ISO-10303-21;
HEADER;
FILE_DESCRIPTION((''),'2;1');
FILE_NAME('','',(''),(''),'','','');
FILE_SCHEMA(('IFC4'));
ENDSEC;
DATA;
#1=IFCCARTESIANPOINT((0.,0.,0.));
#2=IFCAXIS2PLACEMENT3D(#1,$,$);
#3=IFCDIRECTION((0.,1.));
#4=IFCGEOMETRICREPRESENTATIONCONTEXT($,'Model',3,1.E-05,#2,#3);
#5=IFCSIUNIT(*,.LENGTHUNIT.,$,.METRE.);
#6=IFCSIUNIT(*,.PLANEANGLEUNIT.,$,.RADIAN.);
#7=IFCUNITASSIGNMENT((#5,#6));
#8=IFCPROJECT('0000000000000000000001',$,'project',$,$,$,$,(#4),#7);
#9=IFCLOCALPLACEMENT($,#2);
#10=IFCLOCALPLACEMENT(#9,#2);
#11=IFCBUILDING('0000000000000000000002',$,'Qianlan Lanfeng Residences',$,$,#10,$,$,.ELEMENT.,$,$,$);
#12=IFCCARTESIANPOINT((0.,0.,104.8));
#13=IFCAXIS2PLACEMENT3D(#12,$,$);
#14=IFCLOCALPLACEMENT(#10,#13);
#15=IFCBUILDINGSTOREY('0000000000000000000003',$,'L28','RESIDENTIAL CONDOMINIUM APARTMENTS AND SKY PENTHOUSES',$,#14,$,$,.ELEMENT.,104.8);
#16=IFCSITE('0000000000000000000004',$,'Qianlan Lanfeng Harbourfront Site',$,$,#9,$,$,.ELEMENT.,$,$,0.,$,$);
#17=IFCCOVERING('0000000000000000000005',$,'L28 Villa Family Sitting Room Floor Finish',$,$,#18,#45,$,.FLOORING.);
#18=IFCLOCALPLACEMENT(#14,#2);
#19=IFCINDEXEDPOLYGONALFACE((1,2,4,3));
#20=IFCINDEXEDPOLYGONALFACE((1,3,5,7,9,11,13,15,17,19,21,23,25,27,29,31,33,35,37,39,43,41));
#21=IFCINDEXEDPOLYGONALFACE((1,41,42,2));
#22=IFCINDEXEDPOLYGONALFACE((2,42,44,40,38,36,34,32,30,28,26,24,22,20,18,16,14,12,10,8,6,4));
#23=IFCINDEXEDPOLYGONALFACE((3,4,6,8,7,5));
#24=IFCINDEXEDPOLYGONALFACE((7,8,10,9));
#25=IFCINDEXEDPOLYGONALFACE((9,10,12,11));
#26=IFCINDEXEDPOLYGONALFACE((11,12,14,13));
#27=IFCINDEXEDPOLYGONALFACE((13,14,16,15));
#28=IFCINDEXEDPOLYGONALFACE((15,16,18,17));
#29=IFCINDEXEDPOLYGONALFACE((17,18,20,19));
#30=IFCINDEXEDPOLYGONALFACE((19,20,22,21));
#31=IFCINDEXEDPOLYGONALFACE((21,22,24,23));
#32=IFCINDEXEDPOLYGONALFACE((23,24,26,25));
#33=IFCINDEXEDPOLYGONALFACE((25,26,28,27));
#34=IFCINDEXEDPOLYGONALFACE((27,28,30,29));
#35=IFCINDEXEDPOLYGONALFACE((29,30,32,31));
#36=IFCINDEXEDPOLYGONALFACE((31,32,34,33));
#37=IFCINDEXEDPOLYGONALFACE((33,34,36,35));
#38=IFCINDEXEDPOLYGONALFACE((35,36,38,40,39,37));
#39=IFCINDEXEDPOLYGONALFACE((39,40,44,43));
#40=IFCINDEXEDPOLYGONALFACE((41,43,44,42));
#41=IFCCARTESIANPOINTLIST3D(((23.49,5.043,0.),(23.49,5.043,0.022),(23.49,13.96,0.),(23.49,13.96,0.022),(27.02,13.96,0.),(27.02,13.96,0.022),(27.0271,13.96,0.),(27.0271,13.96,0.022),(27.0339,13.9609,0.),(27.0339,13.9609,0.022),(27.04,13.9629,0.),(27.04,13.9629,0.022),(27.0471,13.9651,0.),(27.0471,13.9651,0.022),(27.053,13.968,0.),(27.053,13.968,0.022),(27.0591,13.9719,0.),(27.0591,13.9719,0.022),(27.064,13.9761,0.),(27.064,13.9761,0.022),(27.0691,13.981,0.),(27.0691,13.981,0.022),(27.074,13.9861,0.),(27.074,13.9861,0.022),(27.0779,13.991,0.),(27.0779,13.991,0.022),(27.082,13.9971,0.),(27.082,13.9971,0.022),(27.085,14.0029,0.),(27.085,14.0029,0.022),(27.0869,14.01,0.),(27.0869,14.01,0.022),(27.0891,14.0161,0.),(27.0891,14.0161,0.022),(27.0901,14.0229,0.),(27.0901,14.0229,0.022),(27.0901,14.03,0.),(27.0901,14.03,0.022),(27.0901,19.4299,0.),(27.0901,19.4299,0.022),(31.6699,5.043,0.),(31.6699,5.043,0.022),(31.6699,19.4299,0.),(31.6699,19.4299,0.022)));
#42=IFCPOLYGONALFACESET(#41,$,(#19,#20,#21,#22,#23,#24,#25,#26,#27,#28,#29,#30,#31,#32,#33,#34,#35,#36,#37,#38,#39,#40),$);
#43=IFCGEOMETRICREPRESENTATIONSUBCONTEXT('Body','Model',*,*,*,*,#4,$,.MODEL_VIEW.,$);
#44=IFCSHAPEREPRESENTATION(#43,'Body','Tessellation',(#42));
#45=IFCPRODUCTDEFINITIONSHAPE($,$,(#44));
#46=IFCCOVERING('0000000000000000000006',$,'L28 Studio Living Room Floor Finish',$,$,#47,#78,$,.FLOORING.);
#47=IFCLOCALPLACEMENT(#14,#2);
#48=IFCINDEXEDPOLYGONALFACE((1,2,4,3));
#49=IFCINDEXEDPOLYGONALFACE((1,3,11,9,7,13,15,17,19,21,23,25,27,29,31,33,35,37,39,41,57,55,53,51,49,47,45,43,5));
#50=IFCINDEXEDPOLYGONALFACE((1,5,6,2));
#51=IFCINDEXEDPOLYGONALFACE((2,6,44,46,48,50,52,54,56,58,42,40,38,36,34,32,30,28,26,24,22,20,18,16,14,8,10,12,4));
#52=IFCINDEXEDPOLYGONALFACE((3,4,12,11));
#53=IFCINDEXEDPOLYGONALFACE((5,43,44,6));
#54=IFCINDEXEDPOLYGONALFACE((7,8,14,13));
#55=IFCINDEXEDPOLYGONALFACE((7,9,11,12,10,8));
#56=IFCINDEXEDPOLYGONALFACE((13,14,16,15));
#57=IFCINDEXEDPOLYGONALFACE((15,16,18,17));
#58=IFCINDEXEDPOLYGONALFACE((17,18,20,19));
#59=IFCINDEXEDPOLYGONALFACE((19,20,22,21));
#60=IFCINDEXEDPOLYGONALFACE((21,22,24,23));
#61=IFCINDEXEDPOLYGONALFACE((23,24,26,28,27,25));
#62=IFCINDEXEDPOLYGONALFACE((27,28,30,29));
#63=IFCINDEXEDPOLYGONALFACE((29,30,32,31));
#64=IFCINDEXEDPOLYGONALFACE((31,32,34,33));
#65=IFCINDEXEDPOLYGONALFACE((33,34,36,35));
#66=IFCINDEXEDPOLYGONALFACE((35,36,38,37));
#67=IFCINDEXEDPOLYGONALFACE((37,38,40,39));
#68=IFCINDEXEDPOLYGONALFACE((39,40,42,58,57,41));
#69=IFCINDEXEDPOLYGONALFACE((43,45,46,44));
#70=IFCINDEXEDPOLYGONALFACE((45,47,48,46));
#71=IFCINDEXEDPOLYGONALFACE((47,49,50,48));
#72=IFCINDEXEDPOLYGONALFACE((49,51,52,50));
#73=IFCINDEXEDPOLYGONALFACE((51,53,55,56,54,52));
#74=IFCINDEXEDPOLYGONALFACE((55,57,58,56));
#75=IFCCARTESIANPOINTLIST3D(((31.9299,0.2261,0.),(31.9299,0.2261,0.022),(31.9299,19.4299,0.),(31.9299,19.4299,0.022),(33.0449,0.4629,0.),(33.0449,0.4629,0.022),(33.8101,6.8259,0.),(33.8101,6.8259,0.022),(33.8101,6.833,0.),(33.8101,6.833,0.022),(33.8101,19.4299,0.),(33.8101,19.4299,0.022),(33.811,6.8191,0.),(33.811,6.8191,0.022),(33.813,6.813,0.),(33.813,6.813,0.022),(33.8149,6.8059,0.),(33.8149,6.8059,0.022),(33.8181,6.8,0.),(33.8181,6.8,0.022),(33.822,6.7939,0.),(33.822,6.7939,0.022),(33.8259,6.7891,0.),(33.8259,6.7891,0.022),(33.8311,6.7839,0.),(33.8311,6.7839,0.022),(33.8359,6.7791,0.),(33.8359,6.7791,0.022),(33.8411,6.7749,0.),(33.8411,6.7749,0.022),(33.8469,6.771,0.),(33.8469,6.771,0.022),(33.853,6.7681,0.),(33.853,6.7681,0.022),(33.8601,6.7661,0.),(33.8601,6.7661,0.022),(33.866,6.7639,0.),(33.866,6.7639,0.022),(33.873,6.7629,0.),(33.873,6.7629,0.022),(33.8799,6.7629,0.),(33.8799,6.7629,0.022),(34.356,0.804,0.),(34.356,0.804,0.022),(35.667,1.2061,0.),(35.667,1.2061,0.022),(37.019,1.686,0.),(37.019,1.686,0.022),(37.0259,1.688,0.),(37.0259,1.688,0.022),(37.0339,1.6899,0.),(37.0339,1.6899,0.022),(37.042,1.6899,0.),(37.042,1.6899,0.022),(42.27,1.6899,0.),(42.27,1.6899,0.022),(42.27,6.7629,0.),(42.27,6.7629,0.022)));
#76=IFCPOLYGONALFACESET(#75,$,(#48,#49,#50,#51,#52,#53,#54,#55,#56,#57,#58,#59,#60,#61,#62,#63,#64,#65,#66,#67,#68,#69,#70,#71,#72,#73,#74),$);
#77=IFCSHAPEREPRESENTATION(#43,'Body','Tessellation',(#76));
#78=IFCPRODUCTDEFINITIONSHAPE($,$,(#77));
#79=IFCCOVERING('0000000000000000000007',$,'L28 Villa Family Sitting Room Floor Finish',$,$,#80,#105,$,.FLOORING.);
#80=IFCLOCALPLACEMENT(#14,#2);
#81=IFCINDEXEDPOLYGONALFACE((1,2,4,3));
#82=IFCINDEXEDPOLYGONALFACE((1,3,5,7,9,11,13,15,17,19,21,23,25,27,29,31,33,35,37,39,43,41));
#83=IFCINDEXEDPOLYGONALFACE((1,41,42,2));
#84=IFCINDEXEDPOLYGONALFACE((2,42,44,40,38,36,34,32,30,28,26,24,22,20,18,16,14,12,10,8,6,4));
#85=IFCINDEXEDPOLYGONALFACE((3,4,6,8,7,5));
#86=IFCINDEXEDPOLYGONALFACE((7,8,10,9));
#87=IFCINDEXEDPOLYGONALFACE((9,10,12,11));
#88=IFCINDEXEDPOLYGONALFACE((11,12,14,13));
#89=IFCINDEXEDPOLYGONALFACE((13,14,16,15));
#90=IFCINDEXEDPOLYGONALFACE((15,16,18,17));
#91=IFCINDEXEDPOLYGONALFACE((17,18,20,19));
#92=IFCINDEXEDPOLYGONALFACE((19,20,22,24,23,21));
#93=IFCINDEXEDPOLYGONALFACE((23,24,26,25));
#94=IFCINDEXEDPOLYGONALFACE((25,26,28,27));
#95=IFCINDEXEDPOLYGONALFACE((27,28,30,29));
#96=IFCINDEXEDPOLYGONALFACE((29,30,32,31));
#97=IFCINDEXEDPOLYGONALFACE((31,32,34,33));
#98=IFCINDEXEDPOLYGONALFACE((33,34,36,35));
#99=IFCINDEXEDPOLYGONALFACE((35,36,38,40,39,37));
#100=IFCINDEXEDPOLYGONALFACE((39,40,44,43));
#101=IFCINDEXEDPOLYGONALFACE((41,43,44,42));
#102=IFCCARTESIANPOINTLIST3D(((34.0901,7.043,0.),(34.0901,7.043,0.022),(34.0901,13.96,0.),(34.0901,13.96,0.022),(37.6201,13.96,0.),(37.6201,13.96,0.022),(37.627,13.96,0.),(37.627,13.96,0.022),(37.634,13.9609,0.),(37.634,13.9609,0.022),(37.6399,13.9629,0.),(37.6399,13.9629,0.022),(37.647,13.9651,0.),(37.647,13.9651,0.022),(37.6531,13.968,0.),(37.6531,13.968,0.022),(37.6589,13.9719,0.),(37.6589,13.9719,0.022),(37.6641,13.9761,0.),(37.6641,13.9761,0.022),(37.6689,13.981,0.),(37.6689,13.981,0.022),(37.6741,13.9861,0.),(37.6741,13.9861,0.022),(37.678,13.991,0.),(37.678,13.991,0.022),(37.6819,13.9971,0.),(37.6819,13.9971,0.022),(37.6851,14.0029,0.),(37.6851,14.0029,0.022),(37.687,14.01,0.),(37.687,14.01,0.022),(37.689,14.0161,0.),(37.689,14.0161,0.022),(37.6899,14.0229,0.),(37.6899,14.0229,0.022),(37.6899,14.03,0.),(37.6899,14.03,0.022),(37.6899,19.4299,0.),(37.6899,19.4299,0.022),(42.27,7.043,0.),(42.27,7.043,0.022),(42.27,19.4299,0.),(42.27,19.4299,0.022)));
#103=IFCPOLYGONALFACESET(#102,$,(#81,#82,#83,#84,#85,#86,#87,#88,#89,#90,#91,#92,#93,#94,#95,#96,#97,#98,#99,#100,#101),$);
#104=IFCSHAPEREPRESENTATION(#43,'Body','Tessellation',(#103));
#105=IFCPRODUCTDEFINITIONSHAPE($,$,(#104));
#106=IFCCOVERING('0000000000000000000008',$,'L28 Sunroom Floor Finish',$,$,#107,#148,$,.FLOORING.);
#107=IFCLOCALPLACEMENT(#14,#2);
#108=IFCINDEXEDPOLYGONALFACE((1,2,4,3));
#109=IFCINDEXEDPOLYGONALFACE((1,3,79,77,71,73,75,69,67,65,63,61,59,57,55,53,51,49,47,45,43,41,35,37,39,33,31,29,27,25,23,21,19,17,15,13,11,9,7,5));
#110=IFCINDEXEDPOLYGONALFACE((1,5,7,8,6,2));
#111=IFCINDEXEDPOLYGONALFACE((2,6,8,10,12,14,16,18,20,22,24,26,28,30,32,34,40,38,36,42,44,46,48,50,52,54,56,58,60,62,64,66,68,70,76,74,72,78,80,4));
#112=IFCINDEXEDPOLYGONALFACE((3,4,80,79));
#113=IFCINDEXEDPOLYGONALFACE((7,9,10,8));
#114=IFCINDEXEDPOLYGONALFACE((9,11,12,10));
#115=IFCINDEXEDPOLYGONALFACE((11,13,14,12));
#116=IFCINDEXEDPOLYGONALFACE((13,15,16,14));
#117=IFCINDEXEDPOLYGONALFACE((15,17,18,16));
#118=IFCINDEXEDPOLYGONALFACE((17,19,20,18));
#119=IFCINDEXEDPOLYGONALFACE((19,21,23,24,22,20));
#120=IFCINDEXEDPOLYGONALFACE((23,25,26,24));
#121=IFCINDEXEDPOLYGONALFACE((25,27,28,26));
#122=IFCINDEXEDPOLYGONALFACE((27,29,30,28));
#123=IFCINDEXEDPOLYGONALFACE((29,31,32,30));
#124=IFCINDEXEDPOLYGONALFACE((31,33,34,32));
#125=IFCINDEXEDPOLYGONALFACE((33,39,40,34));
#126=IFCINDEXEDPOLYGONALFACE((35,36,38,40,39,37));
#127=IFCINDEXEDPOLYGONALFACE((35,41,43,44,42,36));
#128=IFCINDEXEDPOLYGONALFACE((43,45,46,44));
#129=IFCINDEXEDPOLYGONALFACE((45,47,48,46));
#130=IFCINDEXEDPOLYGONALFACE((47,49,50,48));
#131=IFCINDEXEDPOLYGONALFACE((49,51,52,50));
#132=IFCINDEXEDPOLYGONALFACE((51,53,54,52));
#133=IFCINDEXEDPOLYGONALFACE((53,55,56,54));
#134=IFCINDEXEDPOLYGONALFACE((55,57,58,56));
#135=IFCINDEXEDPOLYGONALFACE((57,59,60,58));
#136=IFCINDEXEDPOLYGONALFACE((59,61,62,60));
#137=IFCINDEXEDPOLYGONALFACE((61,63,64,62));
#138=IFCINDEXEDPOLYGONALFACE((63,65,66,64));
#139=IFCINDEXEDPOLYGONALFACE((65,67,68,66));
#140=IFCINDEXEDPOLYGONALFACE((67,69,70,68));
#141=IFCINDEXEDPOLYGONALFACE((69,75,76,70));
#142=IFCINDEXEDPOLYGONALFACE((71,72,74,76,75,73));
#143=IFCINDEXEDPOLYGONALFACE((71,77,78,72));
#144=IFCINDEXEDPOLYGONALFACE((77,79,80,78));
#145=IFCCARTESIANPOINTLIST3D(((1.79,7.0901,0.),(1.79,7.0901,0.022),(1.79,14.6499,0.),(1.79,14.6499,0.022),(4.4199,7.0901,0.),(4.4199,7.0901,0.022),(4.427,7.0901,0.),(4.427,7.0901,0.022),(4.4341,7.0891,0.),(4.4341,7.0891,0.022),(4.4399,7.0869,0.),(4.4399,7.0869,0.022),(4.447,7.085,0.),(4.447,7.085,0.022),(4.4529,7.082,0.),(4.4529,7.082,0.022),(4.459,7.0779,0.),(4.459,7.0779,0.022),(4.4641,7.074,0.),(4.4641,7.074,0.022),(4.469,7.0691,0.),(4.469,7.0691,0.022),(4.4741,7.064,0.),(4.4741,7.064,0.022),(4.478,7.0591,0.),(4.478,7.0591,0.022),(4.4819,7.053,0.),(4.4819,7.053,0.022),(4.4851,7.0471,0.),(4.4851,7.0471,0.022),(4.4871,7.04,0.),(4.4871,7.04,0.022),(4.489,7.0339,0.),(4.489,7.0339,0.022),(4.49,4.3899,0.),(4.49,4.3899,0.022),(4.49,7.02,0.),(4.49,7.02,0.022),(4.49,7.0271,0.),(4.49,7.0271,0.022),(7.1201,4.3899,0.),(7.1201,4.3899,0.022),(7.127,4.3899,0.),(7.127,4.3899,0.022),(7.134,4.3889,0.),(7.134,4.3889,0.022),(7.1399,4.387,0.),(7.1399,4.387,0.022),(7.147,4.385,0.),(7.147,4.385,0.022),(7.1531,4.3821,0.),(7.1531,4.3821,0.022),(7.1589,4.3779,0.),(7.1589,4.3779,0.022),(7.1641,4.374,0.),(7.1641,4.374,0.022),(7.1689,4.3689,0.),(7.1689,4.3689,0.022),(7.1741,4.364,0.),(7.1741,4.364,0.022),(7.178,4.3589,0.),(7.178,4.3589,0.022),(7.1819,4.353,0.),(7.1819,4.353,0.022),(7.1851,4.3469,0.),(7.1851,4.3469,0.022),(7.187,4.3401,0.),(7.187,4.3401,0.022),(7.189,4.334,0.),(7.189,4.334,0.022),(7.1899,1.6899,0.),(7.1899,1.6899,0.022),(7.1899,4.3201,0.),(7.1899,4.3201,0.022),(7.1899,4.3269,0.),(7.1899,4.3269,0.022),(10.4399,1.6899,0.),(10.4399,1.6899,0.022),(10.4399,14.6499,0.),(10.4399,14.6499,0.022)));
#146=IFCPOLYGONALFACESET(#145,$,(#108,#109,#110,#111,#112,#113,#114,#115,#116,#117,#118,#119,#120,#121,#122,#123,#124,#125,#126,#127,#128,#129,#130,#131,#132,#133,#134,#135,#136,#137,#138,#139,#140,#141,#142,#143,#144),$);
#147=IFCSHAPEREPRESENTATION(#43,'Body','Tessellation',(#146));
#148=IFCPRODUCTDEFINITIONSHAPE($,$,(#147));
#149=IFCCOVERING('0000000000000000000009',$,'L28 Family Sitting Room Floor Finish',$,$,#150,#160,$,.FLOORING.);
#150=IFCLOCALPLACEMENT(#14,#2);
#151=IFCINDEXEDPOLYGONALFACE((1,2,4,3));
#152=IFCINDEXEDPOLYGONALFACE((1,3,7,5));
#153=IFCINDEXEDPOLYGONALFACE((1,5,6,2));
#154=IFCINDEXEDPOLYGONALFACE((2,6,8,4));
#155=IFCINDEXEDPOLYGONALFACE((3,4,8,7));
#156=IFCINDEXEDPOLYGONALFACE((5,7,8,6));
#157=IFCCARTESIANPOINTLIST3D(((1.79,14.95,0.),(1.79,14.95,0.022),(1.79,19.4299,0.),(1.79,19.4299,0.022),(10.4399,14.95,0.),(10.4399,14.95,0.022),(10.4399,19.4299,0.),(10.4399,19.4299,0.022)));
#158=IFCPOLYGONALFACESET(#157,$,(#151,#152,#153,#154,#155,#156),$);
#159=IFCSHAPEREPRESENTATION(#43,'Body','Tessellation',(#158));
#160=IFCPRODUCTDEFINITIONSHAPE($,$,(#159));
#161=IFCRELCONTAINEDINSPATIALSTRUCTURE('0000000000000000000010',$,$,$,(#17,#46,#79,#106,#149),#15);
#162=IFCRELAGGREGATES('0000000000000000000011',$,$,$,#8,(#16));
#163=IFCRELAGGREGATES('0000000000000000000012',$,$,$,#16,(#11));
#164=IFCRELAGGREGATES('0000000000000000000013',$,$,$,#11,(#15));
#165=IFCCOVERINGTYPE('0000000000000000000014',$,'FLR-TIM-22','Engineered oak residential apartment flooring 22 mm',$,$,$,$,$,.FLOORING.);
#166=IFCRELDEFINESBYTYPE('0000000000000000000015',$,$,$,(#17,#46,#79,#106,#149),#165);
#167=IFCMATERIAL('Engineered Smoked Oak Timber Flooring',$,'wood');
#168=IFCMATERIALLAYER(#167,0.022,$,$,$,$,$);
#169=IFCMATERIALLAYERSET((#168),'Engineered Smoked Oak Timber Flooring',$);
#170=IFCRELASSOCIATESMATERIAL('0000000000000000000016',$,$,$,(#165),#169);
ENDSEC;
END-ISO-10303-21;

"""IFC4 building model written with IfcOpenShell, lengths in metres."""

from ifc_helpers import new_model, si_unit, direction, frame, origin, place, context, subcontext, project, spatial, polyline, outline, extrude, material, layer, layer_set, type_object, element, save


model = new_model("IFC4")

# Units and contexts
model_context = context("Model", 3, precision=1e-05, world=origin(), true_north=direction((0.0, 1.0)))
body_context = subcontext(model_context, "Body", "Model", "MODEL_VIEW")
ifc_project = project(units=[si_unit("LENGTHUNIT", "METRE"), si_unit("PLANEANGLEUNIT", "RADIAN")], contexts=[model_context])

# Site, building, storey
site_placement = place(None, origin())
site = spatial("IfcSite", under=ifc_project, at=site_placement, Name="Qianlan Lanfeng Harbourfront Site", CompositionType="ELEMENT", RefElevation=0.0)
building_placement = place(site_placement, origin())
building = spatial("IfcBuilding", under=site, at=building_placement, Name="Qianlan Lanfeng Residences", CompositionType="ELEMENT")
storey_placement = place(building_placement, frame((0.0, 0.0, 104.8)))
storey = spatial("IfcBuildingStorey", under=building, at=storey_placement, Name="L28", Description="RESIDENTIAL CONDOMINIUM APARTMENTS AND SKY PENTHOUSES", CompositionType="ELEMENT", Elevation=104.8)

# Coverings
ifc_material_1 = material(Name="Engineered Smoked Oak Timber Flooring", Category="wood")
ifc_layer_1 = layer(ifc_material_1, 0.022)
ifc_layer_set_1 = layer_set([ifc_layer_1], Name="Engineered Smoked Oak Timber Flooring")
covering_type_1 = type_object("IfcCoveringType", Name="FLR-TIM-22", Description="Engineered oak residential apartment flooring 22 mm", PredefinedType="FLOORING", material=ifc_layer_set_1)
covering_1_placement = place(storey_placement, origin())
element("IfcCovering", 1, at=covering_1_placement, inside=storey, type_object=covering_type_1, Name="L28 Villa Family Sitting Room Floor Finish", PredefinedType="FLOORING", context=body_context, shape_type="SweptSolid", body=[
    extrude(outline(polyline([(23.49, 5.043), (31.6699, 5.043), (31.6699, 19.4299), (27.0901, 19.4299), (27.0901, 14.03), (27.0901, 14.0229), (27.0891, 14.0161), (27.0869, 14.01), (27.085, 14.0029), (27.082, 13.9971), (27.0779, 13.991), (27.074, 13.9861), (27.0691, 13.981), (27.064, 13.9761), (27.0591, 13.9719), (27.053, 13.968), (27.0471, 13.9651), (27.04, 13.9629), (27.0339, 13.9609), (27.0271, 13.96), (27.02, 13.96), (23.49, 13.96), (23.49, 5.043)])), origin(), (0.0, 0.0, 1.0), 0.022),
])
covering_2_placement = place(storey_placement, origin())
element("IfcCovering", 2, at=covering_2_placement, inside=storey, type_object=covering_type_1, Name="L28 Studio Living Room Floor Finish", PredefinedType="FLOORING", context=body_context, shape_type="SweptSolid", body=[
    extrude(outline(polyline([(42.27, 1.6899), (42.27, 6.7629), (33.8799, 6.7629), (33.873, 6.7629), (33.866, 6.7639), (33.8601, 6.7661), (33.853, 6.7681), (33.8469, 6.771), (33.8411, 6.7749), (33.8359, 6.7791), (33.8311, 6.7839), (33.8259, 6.7891), (33.822, 6.7939), (33.8181, 6.8), (33.8149, 6.8059), (33.813, 6.813), (33.811, 6.8191), (33.8101, 6.8259), (33.8101, 6.833), (33.8101, 19.4299), (31.9299, 19.4299), (31.9299, 0.2261), (33.0449, 0.4629), (34.356, 0.804), (35.667, 1.2061), (37.019, 1.686), (37.0259, 1.688), (37.0339, 1.6899), (37.042, 1.6899), (42.27, 1.6899)])), origin(), (0.0, 0.0, 1.0), 0.022),
])
covering_3_placement = place(storey_placement, origin())
element("IfcCovering", 3, at=covering_3_placement, inside=storey, type_object=covering_type_1, Name="L28 Villa Family Sitting Room Floor Finish", PredefinedType="FLOORING", context=body_context, shape_type="SweptSolid", body=[
    extrude(outline(polyline([(34.0901, 7.043), (42.27, 7.043), (42.27, 19.4299), (37.6899, 19.4299), (37.6899, 14.03), (37.6899, 14.0229), (37.689, 14.0161), (37.687, 14.01), (37.6851, 14.0029), (37.6819, 13.9971), (37.678, 13.991), (37.6741, 13.9861), (37.6689, 13.981), (37.6641, 13.9761), (37.6589, 13.9719), (37.6531, 13.968), (37.647, 13.9651), (37.6399, 13.9629), (37.634, 13.9609), (37.627, 13.96), (37.6201, 13.96), (34.0901, 13.96), (34.0901, 7.043)])), origin(), (0.0, 0.0, 1.0), 0.022),
])
covering_4_placement = place(storey_placement, origin())
element("IfcCovering", 4, at=covering_4_placement, inside=storey, type_object=covering_type_1, Name="L28 Sunroom Floor Finish", PredefinedType="FLOORING", context=body_context, shape_type="SweptSolid", body=[
    extrude(outline(polyline([(10.4399, 14.6499), (1.79, 14.6499), (1.79, 7.0901), (4.4199, 7.0901), (4.427, 7.0901), (4.4341, 7.0891), (4.4399, 7.0869), (4.447, 7.085), (4.4529, 7.082), (4.459, 7.0779), (4.4641, 7.074), (4.469, 7.0691), (4.4741, 7.064), (4.478, 7.0591), (4.4819, 7.053), (4.4851, 7.0471), (4.4871, 7.04), (4.489, 7.0339), (4.49, 7.0271), (4.49, 7.02), (4.49, 4.3899), (7.1201, 4.3899), (7.127, 4.3899), (7.134, 4.3889), (7.1399, 4.387), (7.147, 4.385), (7.1531, 4.3821), (7.1589, 4.3779), (7.1641, 4.374), (7.1689, 4.3689), (7.1741, 4.364), (7.178, 4.3589), (7.1819, 4.353), (7.1851, 4.3469), (7.187, 4.3401), (7.189, 4.334), (7.1899, 4.3269), (7.1899, 4.3201), (7.1899, 1.6899), (10.4399, 1.6899), (10.4399, 14.6499)])), origin(), (0.0, 0.0, 1.0), 0.022),
])
covering_5_placement = place(storey_placement, origin())
element("IfcCovering", 5, at=covering_5_placement, inside=storey, type_object=covering_type_1, Name="L28 Family Sitting Room Floor Finish", PredefinedType="FLOORING", context=body_context, shape_type="SweptSolid", body=[
    extrude(outline(polyline([(10.4399, 19.4299), (1.79, 19.4299), (1.79, 14.95), (10.4399, 14.95), (10.4399, 19.4299)])), origin(), (0.0, 0.0, 1.0), 0.022),
])

save(model, "model.ifc")
